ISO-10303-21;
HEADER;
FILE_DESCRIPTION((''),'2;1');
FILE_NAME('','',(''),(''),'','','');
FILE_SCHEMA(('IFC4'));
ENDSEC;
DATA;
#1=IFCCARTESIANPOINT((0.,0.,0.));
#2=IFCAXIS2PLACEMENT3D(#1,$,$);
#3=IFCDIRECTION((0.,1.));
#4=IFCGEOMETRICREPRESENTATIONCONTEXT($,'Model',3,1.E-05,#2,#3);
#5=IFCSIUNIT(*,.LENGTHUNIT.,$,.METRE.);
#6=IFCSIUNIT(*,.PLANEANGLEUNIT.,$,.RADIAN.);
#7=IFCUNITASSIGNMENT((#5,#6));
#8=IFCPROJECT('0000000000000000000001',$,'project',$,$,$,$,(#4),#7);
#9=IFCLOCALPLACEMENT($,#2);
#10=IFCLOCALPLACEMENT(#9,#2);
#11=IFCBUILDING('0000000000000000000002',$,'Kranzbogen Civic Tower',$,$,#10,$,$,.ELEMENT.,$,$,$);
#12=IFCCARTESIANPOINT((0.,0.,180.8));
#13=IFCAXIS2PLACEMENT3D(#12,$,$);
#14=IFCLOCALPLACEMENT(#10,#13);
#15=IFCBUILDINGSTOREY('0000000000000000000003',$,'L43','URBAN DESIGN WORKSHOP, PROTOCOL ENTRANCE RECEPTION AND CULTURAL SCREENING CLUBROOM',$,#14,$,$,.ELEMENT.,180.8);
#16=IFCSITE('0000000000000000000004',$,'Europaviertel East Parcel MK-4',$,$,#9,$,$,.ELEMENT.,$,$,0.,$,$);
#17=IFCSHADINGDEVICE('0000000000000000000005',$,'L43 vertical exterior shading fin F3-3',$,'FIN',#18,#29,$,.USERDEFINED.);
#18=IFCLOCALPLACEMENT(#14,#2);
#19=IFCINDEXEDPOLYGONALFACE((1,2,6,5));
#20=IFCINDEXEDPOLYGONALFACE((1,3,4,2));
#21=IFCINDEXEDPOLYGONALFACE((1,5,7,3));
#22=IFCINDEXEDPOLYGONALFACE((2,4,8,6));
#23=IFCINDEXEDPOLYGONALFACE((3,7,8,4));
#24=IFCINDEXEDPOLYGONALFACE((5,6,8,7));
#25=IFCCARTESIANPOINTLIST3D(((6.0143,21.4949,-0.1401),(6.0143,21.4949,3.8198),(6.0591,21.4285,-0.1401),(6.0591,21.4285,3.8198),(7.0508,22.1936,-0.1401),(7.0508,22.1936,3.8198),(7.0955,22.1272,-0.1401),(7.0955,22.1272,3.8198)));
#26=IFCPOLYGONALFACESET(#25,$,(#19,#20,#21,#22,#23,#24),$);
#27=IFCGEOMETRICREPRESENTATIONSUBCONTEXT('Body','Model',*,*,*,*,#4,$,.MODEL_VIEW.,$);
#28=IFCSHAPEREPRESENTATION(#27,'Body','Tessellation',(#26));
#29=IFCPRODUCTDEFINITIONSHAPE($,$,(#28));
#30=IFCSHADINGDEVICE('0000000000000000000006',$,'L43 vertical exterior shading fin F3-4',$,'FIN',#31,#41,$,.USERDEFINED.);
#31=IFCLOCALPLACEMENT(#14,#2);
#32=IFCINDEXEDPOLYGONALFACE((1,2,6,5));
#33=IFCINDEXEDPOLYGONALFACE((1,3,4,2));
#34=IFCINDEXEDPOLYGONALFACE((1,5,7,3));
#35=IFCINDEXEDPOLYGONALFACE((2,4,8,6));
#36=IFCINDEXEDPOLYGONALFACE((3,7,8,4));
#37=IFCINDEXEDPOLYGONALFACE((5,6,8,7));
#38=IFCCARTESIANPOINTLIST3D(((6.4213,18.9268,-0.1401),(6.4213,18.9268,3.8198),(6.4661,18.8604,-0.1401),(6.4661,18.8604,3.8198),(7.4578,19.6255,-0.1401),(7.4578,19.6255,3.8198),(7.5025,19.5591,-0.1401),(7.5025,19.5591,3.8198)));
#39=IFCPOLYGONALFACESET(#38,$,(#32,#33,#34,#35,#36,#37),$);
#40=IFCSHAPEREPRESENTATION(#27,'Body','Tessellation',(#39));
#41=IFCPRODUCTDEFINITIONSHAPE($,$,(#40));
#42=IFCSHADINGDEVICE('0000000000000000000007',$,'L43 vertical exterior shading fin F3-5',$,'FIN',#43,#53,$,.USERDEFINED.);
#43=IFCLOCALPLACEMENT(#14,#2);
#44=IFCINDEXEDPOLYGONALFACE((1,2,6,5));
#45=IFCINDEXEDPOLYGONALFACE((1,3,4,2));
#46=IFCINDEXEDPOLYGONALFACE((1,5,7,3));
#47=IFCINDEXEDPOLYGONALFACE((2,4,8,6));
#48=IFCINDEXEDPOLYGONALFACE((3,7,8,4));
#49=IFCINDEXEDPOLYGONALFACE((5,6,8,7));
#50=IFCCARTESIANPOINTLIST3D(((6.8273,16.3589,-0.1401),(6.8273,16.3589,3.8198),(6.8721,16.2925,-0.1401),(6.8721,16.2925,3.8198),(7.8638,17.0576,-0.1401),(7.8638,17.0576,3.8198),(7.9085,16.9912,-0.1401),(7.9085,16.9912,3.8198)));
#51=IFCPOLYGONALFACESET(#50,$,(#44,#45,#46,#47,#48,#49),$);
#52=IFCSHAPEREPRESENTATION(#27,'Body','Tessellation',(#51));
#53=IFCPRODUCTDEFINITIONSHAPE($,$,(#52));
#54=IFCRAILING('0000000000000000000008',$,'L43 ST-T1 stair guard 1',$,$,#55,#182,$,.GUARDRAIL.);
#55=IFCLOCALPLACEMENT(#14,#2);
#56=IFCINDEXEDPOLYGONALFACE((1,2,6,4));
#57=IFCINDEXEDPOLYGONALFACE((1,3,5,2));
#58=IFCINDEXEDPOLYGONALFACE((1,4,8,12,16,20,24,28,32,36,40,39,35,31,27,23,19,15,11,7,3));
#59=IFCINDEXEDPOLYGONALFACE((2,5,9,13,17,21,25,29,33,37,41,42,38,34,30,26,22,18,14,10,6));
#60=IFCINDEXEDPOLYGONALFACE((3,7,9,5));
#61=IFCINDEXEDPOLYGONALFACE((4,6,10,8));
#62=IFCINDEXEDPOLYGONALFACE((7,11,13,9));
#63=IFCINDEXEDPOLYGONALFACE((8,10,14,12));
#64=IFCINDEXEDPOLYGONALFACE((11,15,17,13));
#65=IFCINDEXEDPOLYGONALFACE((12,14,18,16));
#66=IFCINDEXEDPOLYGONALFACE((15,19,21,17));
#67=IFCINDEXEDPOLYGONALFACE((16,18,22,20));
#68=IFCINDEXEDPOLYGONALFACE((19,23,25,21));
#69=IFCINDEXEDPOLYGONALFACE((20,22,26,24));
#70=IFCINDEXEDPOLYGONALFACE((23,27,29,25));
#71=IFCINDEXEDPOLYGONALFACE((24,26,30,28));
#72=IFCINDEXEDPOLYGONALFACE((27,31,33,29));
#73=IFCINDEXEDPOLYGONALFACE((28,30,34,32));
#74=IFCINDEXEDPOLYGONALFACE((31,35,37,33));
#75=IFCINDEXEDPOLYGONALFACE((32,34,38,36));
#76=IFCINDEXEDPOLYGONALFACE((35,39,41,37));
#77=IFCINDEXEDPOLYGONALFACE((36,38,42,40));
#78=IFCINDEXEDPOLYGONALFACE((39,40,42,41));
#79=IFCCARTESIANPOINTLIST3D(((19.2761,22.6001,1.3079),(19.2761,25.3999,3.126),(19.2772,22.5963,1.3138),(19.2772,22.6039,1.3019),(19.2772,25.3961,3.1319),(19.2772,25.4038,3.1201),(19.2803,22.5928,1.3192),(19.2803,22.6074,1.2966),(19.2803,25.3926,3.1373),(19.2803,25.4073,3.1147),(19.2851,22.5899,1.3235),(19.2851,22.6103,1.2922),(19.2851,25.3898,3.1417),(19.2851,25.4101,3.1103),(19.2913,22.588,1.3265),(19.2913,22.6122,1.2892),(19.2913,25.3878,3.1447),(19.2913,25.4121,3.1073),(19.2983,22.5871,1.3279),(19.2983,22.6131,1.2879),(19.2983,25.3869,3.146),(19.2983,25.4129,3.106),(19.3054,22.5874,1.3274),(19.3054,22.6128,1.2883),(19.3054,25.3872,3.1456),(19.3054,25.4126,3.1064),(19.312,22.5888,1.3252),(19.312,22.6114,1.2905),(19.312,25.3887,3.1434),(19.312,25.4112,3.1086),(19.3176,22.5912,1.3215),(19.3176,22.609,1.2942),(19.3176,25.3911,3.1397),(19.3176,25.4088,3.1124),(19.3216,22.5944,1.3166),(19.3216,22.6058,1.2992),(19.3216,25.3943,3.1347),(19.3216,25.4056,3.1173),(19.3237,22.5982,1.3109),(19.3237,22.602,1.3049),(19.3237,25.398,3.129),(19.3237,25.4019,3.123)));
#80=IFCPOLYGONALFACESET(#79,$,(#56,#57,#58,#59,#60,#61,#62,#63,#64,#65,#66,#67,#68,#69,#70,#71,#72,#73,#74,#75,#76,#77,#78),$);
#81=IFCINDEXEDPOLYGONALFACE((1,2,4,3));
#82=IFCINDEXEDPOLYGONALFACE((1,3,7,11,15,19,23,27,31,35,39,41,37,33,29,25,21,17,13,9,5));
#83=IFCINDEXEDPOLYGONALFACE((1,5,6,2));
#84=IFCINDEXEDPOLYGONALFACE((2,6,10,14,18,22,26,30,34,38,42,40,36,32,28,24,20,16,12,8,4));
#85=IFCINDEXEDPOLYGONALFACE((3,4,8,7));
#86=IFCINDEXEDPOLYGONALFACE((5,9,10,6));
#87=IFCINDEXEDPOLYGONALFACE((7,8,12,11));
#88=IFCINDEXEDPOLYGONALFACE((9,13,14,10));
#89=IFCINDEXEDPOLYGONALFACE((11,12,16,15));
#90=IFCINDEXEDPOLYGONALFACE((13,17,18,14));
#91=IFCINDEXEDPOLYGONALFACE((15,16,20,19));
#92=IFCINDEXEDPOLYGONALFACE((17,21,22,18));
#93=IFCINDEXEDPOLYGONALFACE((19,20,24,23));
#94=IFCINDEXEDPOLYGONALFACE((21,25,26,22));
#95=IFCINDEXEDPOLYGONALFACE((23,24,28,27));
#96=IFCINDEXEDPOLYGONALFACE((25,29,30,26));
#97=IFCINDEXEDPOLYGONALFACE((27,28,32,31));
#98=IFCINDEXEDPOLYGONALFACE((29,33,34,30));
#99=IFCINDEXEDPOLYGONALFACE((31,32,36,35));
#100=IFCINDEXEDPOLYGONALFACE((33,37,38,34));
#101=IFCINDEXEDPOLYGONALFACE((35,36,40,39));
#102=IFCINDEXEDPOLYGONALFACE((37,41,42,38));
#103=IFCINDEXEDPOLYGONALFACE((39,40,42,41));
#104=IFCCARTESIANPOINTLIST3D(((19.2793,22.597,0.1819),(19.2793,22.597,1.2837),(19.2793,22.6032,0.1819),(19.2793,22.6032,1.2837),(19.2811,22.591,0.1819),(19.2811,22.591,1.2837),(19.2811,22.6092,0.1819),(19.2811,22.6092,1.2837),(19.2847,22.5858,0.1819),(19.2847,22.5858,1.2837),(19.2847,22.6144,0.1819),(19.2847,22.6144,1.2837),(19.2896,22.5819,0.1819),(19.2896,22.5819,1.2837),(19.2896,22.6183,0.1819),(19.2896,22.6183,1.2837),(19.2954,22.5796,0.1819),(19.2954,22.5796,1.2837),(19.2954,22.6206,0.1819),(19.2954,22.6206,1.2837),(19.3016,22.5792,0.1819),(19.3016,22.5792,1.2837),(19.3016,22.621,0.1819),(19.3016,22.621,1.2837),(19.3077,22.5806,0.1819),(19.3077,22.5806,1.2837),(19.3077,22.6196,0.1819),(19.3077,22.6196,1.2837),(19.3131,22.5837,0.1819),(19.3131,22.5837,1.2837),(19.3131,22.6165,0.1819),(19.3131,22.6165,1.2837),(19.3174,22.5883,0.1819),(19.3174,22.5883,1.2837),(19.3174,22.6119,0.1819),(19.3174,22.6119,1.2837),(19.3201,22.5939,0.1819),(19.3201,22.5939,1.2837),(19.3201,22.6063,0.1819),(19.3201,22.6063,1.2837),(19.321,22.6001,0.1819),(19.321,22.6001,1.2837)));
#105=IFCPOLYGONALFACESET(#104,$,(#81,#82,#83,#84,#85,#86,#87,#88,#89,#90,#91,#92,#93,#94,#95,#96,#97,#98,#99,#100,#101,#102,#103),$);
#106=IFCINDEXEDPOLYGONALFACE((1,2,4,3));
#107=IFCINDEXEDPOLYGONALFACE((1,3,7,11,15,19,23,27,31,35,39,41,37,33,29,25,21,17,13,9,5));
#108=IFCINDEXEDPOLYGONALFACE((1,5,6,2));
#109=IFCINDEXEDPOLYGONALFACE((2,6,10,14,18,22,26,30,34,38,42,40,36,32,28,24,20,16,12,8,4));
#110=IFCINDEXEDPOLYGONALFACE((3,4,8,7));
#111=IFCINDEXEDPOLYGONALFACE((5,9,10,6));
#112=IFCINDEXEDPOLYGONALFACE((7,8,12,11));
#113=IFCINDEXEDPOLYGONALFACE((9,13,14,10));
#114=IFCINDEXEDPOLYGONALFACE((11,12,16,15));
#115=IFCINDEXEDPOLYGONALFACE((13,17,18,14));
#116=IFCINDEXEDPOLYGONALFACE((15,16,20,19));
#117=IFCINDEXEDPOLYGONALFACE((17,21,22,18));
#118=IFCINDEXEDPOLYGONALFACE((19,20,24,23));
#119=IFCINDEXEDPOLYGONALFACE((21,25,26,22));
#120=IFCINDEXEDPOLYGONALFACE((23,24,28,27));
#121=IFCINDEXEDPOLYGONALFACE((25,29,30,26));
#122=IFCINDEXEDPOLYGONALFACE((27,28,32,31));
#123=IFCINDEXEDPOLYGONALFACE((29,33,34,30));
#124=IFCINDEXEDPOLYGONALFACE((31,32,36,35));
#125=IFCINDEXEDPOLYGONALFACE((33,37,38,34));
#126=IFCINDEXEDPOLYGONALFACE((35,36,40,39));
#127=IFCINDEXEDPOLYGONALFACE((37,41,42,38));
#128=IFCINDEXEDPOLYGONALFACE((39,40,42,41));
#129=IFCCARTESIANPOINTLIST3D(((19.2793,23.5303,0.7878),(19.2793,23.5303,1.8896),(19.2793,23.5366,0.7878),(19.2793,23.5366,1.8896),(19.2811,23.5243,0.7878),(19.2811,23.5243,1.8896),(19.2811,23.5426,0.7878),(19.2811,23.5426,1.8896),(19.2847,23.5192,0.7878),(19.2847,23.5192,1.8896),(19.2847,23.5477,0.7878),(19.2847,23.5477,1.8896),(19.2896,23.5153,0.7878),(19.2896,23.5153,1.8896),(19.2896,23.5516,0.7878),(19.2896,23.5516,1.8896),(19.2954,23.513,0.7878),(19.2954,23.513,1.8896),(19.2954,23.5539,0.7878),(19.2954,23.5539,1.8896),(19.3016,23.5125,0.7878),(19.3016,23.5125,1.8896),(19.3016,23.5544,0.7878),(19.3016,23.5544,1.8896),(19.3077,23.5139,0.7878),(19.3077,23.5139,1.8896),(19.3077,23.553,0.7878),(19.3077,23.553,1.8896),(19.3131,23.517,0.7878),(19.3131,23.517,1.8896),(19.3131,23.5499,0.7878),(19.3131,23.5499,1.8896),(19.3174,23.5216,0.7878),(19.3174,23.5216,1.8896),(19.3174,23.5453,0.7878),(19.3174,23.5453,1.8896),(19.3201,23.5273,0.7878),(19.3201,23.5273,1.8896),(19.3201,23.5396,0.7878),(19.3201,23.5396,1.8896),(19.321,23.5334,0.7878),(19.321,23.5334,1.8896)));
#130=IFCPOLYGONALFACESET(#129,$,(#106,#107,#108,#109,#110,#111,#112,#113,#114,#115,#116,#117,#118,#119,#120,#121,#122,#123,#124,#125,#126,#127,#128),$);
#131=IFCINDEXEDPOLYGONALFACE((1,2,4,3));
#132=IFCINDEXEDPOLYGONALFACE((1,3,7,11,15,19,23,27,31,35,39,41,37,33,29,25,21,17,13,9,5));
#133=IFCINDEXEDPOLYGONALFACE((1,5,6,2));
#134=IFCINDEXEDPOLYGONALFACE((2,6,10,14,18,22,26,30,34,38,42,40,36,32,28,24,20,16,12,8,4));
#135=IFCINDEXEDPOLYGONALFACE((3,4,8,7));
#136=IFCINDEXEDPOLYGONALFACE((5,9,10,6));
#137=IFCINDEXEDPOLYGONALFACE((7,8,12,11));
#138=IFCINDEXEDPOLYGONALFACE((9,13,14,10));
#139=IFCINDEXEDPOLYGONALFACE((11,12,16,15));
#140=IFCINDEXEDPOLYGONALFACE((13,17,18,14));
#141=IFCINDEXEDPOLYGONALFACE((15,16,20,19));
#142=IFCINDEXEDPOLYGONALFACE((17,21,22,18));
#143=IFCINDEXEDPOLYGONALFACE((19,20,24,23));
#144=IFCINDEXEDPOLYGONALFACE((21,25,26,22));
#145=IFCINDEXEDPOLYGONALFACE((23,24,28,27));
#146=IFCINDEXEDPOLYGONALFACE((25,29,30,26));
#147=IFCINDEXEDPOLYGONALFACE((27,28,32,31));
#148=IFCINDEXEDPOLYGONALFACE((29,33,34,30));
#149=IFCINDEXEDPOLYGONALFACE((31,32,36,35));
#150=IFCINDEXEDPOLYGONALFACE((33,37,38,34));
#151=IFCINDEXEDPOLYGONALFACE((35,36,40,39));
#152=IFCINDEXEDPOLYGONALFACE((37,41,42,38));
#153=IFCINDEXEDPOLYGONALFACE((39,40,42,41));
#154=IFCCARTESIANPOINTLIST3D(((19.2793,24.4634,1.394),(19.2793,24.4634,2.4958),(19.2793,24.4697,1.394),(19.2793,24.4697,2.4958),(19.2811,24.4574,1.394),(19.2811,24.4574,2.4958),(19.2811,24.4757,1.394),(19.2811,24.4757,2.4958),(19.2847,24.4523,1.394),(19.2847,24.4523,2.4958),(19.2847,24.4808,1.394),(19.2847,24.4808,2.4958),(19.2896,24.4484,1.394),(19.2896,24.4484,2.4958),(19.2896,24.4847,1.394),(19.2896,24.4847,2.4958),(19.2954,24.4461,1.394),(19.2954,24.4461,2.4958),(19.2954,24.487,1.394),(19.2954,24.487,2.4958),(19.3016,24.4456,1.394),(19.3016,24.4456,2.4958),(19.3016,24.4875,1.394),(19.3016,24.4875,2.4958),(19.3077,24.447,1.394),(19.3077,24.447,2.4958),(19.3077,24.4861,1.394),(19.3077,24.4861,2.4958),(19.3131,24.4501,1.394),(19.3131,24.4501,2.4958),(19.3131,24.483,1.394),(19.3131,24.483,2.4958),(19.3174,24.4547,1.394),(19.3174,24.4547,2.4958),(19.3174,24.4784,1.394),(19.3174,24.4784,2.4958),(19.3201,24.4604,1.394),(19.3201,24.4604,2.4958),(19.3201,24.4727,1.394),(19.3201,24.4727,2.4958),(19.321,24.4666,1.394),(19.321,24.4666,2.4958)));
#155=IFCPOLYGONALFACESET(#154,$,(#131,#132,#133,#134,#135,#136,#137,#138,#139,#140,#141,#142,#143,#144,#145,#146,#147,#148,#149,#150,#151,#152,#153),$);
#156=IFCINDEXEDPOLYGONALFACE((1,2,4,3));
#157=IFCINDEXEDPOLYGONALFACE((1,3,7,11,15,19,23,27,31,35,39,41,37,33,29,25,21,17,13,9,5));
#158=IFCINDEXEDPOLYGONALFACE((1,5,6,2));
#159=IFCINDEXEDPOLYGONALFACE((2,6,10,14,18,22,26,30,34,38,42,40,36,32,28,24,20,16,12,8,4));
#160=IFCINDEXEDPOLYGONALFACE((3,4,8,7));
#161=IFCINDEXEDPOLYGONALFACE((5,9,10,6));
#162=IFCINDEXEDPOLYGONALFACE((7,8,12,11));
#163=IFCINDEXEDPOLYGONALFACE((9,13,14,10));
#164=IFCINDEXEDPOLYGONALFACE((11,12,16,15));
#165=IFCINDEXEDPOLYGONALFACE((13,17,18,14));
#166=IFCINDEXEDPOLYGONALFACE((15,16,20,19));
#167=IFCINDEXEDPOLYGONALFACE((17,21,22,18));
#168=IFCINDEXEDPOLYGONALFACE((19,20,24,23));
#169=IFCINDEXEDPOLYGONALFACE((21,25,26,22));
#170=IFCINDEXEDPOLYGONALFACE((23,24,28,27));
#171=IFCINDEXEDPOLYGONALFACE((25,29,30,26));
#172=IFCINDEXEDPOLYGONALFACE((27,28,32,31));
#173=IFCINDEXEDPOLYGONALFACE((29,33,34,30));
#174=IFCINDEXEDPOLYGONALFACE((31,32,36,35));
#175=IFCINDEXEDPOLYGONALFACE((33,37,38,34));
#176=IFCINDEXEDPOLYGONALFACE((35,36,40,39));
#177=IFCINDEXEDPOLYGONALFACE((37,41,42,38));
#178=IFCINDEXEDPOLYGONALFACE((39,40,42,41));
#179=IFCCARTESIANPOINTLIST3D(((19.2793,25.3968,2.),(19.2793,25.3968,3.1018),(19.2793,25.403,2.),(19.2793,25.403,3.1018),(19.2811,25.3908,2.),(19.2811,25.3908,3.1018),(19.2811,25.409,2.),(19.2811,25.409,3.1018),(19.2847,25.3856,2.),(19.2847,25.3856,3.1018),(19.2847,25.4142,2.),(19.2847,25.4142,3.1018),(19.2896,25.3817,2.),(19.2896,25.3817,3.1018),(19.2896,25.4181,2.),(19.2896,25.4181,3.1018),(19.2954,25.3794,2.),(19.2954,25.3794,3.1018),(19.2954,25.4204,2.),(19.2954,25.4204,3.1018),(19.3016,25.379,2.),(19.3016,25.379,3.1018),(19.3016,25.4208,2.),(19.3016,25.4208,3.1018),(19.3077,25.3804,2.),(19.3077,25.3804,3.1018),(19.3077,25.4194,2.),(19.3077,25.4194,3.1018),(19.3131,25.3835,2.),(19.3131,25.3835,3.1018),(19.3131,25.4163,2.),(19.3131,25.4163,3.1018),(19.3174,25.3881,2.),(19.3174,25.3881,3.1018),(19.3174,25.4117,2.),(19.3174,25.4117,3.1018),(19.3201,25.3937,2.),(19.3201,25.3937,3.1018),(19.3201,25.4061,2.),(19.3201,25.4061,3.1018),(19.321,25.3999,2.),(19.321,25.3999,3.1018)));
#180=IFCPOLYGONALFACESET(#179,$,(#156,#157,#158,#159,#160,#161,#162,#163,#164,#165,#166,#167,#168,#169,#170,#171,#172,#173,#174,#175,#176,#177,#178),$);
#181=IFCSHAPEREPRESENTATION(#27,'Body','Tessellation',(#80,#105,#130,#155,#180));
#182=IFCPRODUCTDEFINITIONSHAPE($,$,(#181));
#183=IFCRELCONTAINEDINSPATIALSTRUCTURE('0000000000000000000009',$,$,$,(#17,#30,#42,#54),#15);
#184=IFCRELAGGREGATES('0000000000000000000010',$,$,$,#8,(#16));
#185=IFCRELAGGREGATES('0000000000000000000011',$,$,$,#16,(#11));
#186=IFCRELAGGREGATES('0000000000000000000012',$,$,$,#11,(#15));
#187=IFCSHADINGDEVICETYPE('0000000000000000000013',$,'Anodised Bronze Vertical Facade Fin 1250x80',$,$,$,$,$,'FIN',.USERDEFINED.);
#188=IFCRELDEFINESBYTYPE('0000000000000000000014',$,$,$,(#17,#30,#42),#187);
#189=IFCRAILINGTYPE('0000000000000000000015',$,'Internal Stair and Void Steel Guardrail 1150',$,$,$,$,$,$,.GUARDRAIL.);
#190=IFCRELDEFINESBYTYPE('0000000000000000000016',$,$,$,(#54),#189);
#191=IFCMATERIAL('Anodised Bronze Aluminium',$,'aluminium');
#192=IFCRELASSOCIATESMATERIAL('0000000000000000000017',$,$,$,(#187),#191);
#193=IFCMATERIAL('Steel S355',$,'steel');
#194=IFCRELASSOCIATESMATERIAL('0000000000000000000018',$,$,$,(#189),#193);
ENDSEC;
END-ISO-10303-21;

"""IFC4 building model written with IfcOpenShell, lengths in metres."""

from ifc_helpers import new_model, si_unit, direction, frame, origin, origin_2d, place, context, subcontext, project, spatial, rectangle, circle, extrude, material, type_object, element, save


model = new_model("IFC4")

# Units and contexts
model_context = context("Model", 3, precision=1e-05, world=origin(), true_north=direction((0.0, 1.0)))
body_context = subcontext(model_context, "Body", "Model", "MODEL_VIEW")
ifc_project = project(units=[si_unit("LENGTHUNIT", "METRE"), si_unit("PLANEANGLEUNIT", "RADIAN")], contexts=[model_context])

# Site, building, storey
site_placement = place(None, origin())
site = spatial("IfcSite", under=ifc_project, at=site_placement, Name="Europaviertel East Parcel MK-4", CompositionType="ELEMENT", RefElevation=0.0)
building_placement = place(site_placement, origin())
building = spatial("IfcBuilding", under=site, at=building_placement, Name="Kranzbogen Civic Tower", CompositionType="ELEMENT")
storey_placement = place(building_placement, frame((0.0, 0.0, 180.8)))
storey = spatial("IfcBuildingStorey", under=building, at=storey_placement, Name="L43", Description="URBAN DESIGN WORKSHOP, PROTOCOL ENTRANCE RECEPTION AND CULTURAL SCREENING CLUBROOM", CompositionType="ELEMENT", Elevation=180.8)

# Shared definitions
ifc_material_1 = material(Name="Steel S355", Category="steel")

# Shading devices
ifc_material_2 = material(Name="Anodised Bronze Aluminium", Category="aluminium")
shading_device_type = type_object("IfcShadingDeviceType", Name="Anodised Bronze Vertical Facade Fin 1250x80", ElementType="FIN", PredefinedType="USERDEFINED", material=ifc_material_2)
for number, where, z_axis, x_axis, name in (
    (1, (6.5549, 21.811, -0.1401), (0.0, 0.0, 1.0), (-0.829174, -0.55899, 0.0), "L43 vertical exterior shading fin F3-3"),
    (2, (6.9619, 19.2429, -0.1401), (0.0, 0.0, 1.0), (-0.829174, -0.55899, 0.0), "L43 vertical exterior shading fin F3-4"),
    (3, (7.3679, 16.675, -0.1401), (0.0, 0.0, 1.0), (-0.829174, -0.55899, 0.0), "L43 vertical exterior shading fin F3-5"),
):
    element("IfcShadingDevice", number, at=place(storey_placement, frame(where, z_axis=z_axis, x_axis=x_axis)), inside=storey, type_object=shading_device_type, Name=name, ObjectType="FIN", PredefinedType="USERDEFINED", context=body_context, shape_type="SweptSolid", body=[
        extrude(rectangle(XDim=1.25, YDim=0.0801, at=origin_2d()), origin(), (0.0, 0.0, 1.0), 3.96),
    ])

# Railing
railing_type = type_object("IfcRailingType", Name="Internal Stair and Void Steel Guardrail 1150", PredefinedType="GUARDRAIL", material=ifc_material_1)
railing_1_placement = place(storey_placement, frame((19.3, 22.6001, 0.1819)))
element("IfcRailing", 4, at=railing_1_placement, inside=storey, type_object=railing_type, Name="L43 ST-T1 stair guard 1", PredefinedType="GUARDRAIL", context=body_context, shape_type="SweptSolid", body=[
    extrude(circle(Radius=0.0239, at=origin_2d()), frame((0.0, 0.0, 1.126), z_axis=(0.0, 0.838684, 0.544618), x_axis=(-1.0, 0.0, 0.0)), (0.0, 0.0, 1.0), 3.3384),
    extrude(circle(Radius=0.021, at=origin_2d()), origin(), (0.0, 0.0, 1.0), 1.1018),
    extrude(circle(Radius=0.021, at=origin_2d()), frame((0.0, 0.9333, 0.606)), (0.0, 0.0, 1.0), 1.1018),
    extrude(circle(Radius=0.021, at=origin_2d()), frame((0.0, 1.8665, 1.2122)), (0.0, 0.0, 1.0), 1.1018),
    extrude(circle(Radius=0.021, at=origin_2d()), frame((0.0, 2.7998, 1.8181)), (0.0, 0.0, 1.0), 1.1018),
])

save(model, "model.ifc")
